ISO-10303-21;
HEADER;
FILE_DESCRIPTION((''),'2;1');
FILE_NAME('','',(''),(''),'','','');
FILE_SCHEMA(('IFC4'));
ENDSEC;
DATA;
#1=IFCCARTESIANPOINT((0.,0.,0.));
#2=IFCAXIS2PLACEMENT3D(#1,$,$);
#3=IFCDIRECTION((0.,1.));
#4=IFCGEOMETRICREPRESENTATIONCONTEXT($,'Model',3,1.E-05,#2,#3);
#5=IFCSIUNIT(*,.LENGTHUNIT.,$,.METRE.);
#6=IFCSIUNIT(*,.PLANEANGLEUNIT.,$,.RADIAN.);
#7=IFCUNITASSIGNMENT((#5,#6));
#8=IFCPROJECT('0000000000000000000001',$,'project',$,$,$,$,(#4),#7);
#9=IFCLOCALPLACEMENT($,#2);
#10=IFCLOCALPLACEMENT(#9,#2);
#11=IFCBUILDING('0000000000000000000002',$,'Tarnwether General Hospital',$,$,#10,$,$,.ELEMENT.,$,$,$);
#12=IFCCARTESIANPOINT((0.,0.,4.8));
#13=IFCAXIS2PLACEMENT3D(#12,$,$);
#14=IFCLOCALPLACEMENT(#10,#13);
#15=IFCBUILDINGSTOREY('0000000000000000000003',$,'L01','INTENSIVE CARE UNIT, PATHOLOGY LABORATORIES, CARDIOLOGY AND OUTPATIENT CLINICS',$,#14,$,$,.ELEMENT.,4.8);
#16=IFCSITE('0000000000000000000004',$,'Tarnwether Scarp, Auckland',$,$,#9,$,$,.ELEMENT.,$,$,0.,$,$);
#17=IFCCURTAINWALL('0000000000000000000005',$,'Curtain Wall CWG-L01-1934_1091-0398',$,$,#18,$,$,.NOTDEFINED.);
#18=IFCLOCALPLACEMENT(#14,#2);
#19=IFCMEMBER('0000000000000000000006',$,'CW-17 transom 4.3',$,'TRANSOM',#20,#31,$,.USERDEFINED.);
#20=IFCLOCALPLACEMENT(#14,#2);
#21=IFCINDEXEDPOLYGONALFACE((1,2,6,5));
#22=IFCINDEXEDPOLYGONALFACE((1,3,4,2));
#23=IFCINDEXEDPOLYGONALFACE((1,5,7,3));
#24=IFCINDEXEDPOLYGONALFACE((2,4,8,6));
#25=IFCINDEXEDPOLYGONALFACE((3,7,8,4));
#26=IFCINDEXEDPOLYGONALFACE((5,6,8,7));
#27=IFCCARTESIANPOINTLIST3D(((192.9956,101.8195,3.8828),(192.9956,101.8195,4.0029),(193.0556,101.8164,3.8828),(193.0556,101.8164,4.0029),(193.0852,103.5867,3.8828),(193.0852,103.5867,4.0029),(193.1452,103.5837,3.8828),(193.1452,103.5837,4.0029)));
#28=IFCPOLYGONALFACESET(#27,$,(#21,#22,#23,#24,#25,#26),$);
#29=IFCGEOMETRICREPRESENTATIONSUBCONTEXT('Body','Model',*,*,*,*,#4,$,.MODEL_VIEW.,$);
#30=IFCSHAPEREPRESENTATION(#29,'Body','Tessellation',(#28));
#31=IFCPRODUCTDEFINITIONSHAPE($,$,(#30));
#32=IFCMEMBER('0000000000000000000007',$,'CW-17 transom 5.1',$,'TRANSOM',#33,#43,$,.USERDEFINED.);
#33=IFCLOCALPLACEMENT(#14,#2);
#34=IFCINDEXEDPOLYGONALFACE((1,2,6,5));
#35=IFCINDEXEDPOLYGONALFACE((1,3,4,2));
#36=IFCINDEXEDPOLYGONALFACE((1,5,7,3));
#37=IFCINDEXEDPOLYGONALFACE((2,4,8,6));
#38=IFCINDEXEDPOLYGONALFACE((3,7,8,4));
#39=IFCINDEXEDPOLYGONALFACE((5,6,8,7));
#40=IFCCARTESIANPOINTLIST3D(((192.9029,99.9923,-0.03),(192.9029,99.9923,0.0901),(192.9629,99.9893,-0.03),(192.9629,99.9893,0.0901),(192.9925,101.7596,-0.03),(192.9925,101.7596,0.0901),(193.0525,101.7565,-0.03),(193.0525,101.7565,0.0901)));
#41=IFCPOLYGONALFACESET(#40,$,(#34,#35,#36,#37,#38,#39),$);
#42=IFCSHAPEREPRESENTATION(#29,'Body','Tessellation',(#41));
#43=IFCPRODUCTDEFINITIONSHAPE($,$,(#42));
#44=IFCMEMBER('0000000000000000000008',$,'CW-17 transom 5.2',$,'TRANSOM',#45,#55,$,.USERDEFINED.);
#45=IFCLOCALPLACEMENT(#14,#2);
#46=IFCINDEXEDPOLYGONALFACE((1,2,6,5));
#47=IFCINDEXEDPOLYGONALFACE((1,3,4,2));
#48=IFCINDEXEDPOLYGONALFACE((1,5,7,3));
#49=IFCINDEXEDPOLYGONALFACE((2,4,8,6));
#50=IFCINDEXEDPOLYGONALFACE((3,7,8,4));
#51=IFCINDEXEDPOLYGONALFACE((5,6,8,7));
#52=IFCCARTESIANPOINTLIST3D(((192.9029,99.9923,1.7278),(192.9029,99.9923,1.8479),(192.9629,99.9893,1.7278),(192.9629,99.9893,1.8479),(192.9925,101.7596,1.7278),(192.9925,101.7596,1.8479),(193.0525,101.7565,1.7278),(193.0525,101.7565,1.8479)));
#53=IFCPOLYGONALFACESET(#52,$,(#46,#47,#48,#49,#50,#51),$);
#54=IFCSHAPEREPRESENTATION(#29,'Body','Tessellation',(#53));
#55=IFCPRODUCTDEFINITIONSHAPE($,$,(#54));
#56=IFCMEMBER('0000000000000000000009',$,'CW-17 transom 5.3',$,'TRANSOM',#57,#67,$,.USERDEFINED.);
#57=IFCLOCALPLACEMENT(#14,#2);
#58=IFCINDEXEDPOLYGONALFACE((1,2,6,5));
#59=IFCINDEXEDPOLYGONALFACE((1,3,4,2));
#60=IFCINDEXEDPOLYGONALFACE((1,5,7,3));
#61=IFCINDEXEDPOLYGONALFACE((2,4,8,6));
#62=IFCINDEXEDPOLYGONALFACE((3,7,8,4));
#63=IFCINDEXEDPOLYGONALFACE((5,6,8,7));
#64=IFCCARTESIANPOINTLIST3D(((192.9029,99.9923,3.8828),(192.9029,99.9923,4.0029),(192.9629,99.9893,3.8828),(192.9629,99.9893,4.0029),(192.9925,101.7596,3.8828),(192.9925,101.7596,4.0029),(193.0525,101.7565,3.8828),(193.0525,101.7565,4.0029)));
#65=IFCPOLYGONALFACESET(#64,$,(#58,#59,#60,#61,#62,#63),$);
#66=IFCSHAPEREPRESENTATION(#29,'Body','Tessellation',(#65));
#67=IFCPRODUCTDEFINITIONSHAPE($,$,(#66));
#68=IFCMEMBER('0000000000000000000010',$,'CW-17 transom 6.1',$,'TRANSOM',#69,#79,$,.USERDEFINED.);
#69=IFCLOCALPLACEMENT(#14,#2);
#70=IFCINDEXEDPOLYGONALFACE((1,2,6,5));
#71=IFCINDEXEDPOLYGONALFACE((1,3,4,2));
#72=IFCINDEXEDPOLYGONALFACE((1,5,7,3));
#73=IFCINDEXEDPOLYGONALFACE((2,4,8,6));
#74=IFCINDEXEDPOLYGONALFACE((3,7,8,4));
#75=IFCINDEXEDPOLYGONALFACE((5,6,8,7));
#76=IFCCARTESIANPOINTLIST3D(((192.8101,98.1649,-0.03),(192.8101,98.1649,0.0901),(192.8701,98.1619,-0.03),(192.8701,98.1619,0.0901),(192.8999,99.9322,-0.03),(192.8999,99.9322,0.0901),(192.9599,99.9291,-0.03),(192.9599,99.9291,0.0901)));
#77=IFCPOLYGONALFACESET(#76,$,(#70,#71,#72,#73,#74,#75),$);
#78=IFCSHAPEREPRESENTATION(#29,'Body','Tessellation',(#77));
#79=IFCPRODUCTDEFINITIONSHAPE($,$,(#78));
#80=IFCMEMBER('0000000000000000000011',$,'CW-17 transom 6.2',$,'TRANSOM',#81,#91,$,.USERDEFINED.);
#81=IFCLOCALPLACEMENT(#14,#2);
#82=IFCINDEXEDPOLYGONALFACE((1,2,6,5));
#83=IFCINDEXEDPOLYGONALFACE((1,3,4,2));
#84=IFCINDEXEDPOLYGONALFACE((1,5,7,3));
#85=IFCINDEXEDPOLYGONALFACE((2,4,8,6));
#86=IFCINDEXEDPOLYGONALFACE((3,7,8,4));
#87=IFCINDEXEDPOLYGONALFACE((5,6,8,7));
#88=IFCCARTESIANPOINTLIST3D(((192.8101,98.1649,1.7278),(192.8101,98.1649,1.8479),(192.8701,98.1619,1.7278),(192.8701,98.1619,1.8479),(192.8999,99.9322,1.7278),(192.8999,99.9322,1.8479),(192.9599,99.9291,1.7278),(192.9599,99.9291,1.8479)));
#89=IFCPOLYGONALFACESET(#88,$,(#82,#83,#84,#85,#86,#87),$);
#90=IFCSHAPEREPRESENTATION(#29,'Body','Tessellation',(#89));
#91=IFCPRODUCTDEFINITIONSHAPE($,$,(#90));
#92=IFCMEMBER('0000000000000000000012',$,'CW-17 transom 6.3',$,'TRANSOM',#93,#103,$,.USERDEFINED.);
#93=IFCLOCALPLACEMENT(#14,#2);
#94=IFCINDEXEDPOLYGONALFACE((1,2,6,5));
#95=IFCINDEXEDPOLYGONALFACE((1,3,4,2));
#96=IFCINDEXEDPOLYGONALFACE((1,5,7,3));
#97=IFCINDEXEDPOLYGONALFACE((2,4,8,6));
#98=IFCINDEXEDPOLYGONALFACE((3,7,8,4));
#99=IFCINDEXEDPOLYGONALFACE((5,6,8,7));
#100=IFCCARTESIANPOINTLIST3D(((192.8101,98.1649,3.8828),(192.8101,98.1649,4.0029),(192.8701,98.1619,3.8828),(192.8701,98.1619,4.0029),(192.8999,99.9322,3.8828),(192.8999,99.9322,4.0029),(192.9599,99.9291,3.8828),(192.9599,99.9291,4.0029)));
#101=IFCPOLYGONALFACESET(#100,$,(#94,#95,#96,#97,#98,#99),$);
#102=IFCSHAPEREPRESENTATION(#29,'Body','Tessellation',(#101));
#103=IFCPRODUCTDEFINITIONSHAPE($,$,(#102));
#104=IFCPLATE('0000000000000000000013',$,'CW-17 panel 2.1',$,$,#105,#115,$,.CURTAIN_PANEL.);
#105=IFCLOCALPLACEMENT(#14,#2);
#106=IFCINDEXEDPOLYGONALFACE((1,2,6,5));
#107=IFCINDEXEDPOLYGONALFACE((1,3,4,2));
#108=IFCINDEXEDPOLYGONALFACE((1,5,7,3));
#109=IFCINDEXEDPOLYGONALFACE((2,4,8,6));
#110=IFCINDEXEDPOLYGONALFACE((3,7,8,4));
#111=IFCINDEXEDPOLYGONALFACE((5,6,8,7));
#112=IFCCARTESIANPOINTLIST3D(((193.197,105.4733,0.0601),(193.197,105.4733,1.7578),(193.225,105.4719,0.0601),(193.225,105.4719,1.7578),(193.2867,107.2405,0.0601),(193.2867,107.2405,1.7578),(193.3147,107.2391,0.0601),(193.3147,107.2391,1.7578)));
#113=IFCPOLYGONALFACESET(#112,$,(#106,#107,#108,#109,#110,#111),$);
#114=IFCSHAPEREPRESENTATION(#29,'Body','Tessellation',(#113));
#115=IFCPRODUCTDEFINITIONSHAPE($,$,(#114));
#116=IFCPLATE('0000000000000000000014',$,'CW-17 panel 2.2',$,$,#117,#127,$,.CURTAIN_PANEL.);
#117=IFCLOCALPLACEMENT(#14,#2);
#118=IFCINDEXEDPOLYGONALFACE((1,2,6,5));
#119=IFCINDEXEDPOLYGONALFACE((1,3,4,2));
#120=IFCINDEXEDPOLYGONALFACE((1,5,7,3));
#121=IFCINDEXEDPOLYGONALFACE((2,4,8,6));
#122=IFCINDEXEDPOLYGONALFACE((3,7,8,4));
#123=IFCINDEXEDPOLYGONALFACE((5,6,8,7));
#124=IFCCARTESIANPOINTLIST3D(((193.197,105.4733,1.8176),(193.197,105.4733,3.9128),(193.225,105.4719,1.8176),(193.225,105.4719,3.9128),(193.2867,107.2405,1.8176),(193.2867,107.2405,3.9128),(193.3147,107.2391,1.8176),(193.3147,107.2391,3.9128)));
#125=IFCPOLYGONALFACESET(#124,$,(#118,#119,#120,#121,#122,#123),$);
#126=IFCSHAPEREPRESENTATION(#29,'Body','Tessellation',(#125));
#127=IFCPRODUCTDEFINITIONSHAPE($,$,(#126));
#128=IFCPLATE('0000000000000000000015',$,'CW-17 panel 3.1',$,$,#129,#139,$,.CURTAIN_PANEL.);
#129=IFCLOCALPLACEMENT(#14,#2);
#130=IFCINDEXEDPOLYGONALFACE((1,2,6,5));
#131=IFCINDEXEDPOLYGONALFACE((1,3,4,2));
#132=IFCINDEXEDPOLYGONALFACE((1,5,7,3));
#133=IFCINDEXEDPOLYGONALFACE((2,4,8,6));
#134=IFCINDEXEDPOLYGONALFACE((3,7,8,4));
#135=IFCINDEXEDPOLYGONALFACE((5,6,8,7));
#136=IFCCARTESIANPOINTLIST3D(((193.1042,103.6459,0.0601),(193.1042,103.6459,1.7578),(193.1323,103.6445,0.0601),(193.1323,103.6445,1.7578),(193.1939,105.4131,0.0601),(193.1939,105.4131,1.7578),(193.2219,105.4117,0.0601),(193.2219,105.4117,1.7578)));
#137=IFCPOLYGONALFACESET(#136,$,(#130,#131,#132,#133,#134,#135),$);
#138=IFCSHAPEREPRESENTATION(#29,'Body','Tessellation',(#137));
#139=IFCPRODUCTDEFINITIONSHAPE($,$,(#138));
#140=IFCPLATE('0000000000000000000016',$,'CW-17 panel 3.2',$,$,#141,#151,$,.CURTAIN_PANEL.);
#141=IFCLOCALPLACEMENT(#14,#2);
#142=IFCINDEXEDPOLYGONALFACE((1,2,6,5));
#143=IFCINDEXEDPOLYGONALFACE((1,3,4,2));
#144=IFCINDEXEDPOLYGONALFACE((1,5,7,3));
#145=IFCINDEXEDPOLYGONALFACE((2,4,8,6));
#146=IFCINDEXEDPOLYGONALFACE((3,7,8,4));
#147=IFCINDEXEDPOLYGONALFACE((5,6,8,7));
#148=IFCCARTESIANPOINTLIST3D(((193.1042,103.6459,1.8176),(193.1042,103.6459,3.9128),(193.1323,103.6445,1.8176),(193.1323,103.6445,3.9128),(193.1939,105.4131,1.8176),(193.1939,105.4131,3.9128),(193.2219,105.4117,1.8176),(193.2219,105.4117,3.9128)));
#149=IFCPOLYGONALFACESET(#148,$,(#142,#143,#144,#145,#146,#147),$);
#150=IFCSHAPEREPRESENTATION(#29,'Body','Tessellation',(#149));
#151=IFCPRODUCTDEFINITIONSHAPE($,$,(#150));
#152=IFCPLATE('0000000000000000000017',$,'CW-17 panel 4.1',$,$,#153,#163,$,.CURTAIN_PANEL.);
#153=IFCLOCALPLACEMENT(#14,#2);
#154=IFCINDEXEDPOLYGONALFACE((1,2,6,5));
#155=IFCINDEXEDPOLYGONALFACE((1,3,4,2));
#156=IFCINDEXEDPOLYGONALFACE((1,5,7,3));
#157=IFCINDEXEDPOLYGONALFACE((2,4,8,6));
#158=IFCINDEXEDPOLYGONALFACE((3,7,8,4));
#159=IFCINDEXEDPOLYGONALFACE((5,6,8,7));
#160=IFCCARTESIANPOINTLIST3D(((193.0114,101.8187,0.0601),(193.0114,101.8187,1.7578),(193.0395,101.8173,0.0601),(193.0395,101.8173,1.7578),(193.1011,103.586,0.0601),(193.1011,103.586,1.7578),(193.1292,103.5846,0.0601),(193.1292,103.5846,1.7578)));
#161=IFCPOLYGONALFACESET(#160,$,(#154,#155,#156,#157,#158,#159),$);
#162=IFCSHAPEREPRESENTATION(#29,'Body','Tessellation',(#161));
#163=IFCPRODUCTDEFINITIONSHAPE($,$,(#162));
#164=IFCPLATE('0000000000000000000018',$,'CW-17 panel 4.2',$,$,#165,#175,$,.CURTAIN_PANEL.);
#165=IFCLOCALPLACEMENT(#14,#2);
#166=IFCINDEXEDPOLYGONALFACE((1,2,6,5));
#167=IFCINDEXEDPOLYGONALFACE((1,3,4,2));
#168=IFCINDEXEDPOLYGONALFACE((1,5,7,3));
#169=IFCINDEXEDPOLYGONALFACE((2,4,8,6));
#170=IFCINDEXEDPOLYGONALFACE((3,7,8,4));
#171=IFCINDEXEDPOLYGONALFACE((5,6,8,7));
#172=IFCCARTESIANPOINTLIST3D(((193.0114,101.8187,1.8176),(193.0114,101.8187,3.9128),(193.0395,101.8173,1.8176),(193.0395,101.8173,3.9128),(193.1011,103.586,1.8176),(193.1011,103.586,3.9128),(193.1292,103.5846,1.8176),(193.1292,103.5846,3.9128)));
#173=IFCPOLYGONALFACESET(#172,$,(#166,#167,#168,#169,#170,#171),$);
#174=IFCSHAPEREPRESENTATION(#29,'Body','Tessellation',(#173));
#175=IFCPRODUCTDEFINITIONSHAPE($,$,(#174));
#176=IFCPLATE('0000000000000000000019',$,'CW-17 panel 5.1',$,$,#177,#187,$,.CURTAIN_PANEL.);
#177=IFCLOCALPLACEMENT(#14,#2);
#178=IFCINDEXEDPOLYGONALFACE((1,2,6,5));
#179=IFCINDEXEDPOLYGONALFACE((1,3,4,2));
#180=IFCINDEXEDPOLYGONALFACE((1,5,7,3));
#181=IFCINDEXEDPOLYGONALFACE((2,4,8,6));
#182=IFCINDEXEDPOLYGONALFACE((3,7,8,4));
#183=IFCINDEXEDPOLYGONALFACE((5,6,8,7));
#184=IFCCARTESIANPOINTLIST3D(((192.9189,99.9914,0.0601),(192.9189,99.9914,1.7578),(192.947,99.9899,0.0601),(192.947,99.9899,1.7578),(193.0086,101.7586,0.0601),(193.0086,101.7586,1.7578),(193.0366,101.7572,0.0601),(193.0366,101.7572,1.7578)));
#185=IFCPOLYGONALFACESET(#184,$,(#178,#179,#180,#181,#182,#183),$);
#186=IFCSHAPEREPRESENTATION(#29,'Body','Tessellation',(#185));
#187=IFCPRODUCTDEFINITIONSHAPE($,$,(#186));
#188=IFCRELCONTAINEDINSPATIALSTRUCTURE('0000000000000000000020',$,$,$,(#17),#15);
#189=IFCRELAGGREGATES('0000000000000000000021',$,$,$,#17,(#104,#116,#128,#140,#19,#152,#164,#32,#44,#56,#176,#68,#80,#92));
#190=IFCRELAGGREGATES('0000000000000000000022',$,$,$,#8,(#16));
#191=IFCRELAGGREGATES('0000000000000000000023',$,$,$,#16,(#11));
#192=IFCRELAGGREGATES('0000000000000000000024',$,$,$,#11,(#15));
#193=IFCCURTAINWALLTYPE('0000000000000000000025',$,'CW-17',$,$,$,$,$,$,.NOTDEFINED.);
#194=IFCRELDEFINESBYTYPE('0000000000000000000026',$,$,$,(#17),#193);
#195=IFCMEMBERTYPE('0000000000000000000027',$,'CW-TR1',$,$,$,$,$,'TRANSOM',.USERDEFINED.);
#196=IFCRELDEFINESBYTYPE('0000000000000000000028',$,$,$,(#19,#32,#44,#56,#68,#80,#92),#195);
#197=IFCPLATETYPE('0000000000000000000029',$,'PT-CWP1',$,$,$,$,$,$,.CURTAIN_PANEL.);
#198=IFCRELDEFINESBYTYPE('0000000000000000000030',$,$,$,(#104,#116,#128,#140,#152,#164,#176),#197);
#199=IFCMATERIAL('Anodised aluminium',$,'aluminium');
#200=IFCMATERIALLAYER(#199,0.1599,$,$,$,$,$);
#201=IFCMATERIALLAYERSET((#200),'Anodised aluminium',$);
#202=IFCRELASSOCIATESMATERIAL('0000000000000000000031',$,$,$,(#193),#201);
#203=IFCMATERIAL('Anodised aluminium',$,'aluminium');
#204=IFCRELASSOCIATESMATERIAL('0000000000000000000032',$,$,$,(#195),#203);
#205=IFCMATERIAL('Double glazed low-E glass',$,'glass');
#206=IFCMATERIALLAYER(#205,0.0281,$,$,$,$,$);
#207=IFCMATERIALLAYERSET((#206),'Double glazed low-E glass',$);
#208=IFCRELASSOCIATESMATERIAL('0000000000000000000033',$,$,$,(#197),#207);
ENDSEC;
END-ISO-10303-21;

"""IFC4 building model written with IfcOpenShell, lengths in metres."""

from ifc_helpers import new_model, si_unit, direction, frame, origin, origin_2d, place, context, subcontext, project, spatial, rectangle, extrude, material, layer, layer_set, material_profile, profile_set, type_object, element, aggregate, save


model = new_model("IFC4")

# Units and contexts
model_context = context("Model", 3, precision=1e-05, world=origin(), true_north=direction((0.0, 1.0)))
body_context = subcontext(model_context, "Body", "Model", "MODEL_VIEW")
ifc_project = project(units=[si_unit("LENGTHUNIT", "METRE"), si_unit("PLANEANGLEUNIT", "RADIAN")], contexts=[model_context])

# Site, building, storey
site_placement = place(None, origin())
site = spatial("IfcSite", under=ifc_project, at=site_placement, Name="Tarnwether Scarp, Auckland", CompositionType="ELEMENT", RefElevation=0.0)
building_placement = place(site_placement, origin())
building = spatial("IfcBuilding", under=site, at=building_placement, Name="Tarnwether General Hospital", CompositionType="ELEMENT")
storey_placement = place(building_placement, frame((0.0, 0.0, 4.8)))
storey = spatial("IfcBuildingStorey", under=building, at=storey_placement, Name="L01", Description="INTENSIVE CARE UNIT, PATHOLOGY LABORATORIES, CARDIOLOGY AND OUTPATIENT CLINICS", CompositionType="ELEMENT", Elevation=4.8)

# Curtain wall, members, plates
ifc_material_1 = material(Name="Anodised aluminium", Category="aluminium")
ifc_layer_1 = layer(ifc_material_1, 0.1599)
ifc_layer_set_1 = layer_set([ifc_layer_1], Name="Anodised aluminium")
curtain_wall_type = type_object("IfcCurtainWallType", Name="CW-17", PredefinedType="NOTDEFINED", material=ifc_layer_set_1)
curtain_wall_placement = place(storey_placement, origin())
curtain_wall = element("IfcCurtainWall", 1, at=curtain_wall_placement, inside=storey, type_object=curtain_wall_type, Name="Curtain Wall CWG-L01-1934_1091-0398", PredefinedType="NOTDEFINED")
ifc_material_2 = material(Name="Anodised aluminium", Category="aluminium")
ifc_material_profile_1 = material_profile(ifc_material_2, rectangle(XDim=0.0601, YDim=0.1201, at=origin_2d()), Name="ALU-TRN-60x120")
ifc_profile_set_1 = profile_set([ifc_material_profile_1], Name="Anodised aluminium")
member_type_1 = type_object("IfcMemberType", Name="CW-TR1", ElementType="TRANSOM", PredefinedType="USERDEFINED", material=ifc_profile_set_1)
member_1_placement = place(storey_placement, frame((193.1152, 103.5852, 3.9429), z_axis=(-0.050633, -0.998717, 0.0), x_axis=(0.998717, -0.050633, 0.0)))
member_1 = element("IfcMember", 2, at=member_1_placement, type_object=member_type_1, Name="CW-17 transom 4.3", ObjectType="TRANSOM", PredefinedType="USERDEFINED", context=body_context, shape_type="SweptSolid", body=[
    extrude(rectangle(XDim=0.0601, YDim=0.1201, at=origin_2d()), origin(), (0.0, 0.0, 1.0), 1.7695),
])
member_2_placement = place(storey_placement, frame((193.0225, 101.7581, 0.03), z_axis=(-0.050633, -0.998717, 0.0), x_axis=(0.998717, -0.050633, 0.0)))
member_2 = element("IfcMember", 3, at=member_2_placement, type_object=member_type_1, Name="CW-17 transom 5.1", ObjectType="TRANSOM", PredefinedType="USERDEFINED", context=body_context, shape_type="SweptSolid", body=[
    extrude(rectangle(XDim=0.0601, YDim=0.1201, at=origin_2d()), origin(), (0.0, 0.0, 1.0), 1.7695),
])
member_3_placement = place(storey_placement, frame((193.0225, 101.7581, 1.7878), z_axis=(-0.050633, -0.998717, 0.0), x_axis=(0.998717, -0.050633, 0.0)))
member_3 = element("IfcMember", 4, at=member_3_placement, type_object=member_type_1, Name="CW-17 transom 5.2", ObjectType="TRANSOM", PredefinedType="USERDEFINED", context=body_context, shape_type="SweptSolid", body=[
    extrude(rectangle(XDim=0.0601, YDim=0.1201, at=origin_2d()), origin(), (0.0, 0.0, 1.0), 1.7695),
])
member_4_placement = place(storey_placement, frame((193.0225, 101.7581, 3.9429), z_axis=(-0.050633, -0.998717, 0.0), x_axis=(0.998717, -0.050633, 0.0)))
member_4 = element("IfcMember", 5, at=member_4_placement, type_object=member_type_1, Name="CW-17 transom 5.3", ObjectType="TRANSOM", PredefinedType="USERDEFINED", context=body_context, shape_type="SweptSolid", body=[
    extrude(rectangle(XDim=0.0601, YDim=0.1201, at=origin_2d()), origin(), (0.0, 0.0, 1.0), 1.7695),
])
member_5_placement = place(storey_placement, frame((192.9299, 99.9307, 0.03), z_axis=(-0.05077, -0.99871, 0.0), x_axis=(0.99871, -0.05077, 0.0)))
member_5 = element("IfcMember", 6, at=member_5_placement, type_object=member_type_1, Name="CW-17 transom 6.1", ObjectType="TRANSOM", PredefinedType="USERDEFINED", context=body_context, shape_type="SweptSolid", body=[
    extrude(rectangle(XDim=0.0601, YDim=0.1201, at=origin_2d()), origin(), (0.0, 0.0, 1.0), 1.7695),
])
member_6_placement = place(storey_placement, frame((192.9299, 99.9307, 1.7878), z_axis=(-0.05077, -0.99871, 0.0), x_axis=(0.99871, -0.05077, 0.0)))
member_6 = element("IfcMember", 7, at=member_6_placement, type_object=member_type_1, Name="CW-17 transom 6.2", ObjectType="TRANSOM", PredefinedType="USERDEFINED", context=body_context, shape_type="SweptSolid", body=[
    extrude(rectangle(XDim=0.0601, YDim=0.1201, at=origin_2d()), origin(), (0.0, 0.0, 1.0), 1.7695),
])
member_7_placement = place(storey_placement, frame((192.9299, 99.9307, 3.9429), z_axis=(-0.05077, -0.99871, 0.0), x_axis=(0.99871, -0.05077, 0.0)))
member_7 = element("IfcMember", 8, at=member_7_placement, type_object=member_type_1, Name="CW-17 transom 6.3", ObjectType="TRANSOM", PredefinedType="USERDEFINED", context=body_context, shape_type="SweptSolid", body=[
    extrude(rectangle(XDim=0.0601, YDim=0.1201, at=origin_2d()), origin(), (0.0, 0.0, 1.0), 1.7695),
])
ifc_material_3 = material(Name="Double glazed low-E glass", Category="glass")
ifc_layer_2 = layer(ifc_material_3, 0.0281)
ifc_layer_set_2 = layer_set([ifc_layer_2], Name="Double glazed low-E glass")
plate_type_1 = type_object("IfcPlateType", Name="PT-CWP1", PredefinedType="CURTAIN_PANEL", material=ifc_layer_set_2)
plate_1_placement = place(storey_placement, frame((193.2559, 106.3562, 0.0601), z_axis=(0.0, 0.0, 1.0), x_axis=(-0.050685, -0.998715, 0.0)))
plate_1 = element("IfcPlate", 9, at=plate_1_placement, type_object=plate_type_1, Name="CW-17 panel 2.1", PredefinedType="CURTAIN_PANEL", context=body_context, shape_type="SweptSolid", body=[
    extrude(rectangle(XDim=1.7695, YDim=0.0281, at=origin_2d()), origin(), (0.0, 0.0, 1.0), 1.6978),
])
plate_2_placement = place(storey_placement, frame((193.2559, 106.3562, 1.8176), z_axis=(0.0, 0.0, 1.0), x_axis=(-0.050685, -0.998715, 0.0)))
plate_2 = element("IfcPlate", 10, at=plate_2_placement, type_object=plate_type_1, Name="CW-17 panel 2.2", PredefinedType="CURTAIN_PANEL", context=body_context, shape_type="SweptSolid", body=[
    extrude(rectangle(XDim=1.7695, YDim=0.0281, at=origin_2d()), origin(), (0.0, 0.0, 1.0), 2.0952),
])
plate_3_placement = place(storey_placement, frame((193.1631, 104.5288, 0.0601), z_axis=(0.0, 0.0, 1.0), x_axis=(-0.050685, -0.998715, 0.0)))
plate_3 = element("IfcPlate", 11, at=plate_3_placement, type_object=plate_type_1, Name="CW-17 panel 3.1", PredefinedType="CURTAIN_PANEL", context=body_context, shape_type="SweptSolid", body=[
    extrude(rectangle(XDim=1.7695, YDim=0.0281, at=origin_2d()), origin(), (0.0, 0.0, 1.0), 1.6978),
])
plate_4_placement = place(storey_placement, frame((193.1631, 104.5288, 1.8176), z_axis=(0.0, 0.0, 1.0), x_axis=(-0.050685, -0.998715, 0.0)))
plate_4 = element("IfcPlate", 12, at=plate_4_placement, type_object=plate_type_1, Name="CW-17 panel 3.2", PredefinedType="CURTAIN_PANEL", context=body_context, shape_type="SweptSolid", body=[
    extrude(rectangle(XDim=1.7695, YDim=0.0281, at=origin_2d()), origin(), (0.0, 0.0, 1.0), 2.0952),
])
plate_5_placement = place(storey_placement, frame((193.0703, 102.7017, 0.0601), z_axis=(0.0, 0.0, 1.0), x_axis=(-0.050685, -0.998715, 0.0)))
plate_5 = element("IfcPlate", 13, at=plate_5_placement, type_object=plate_type_1, Name="CW-17 panel 4.1", PredefinedType="CURTAIN_PANEL", context=body_context, shape_type="SweptSolid", body=[
    extrude(rectangle(XDim=1.7695, YDim=0.0281, at=origin_2d()), origin(), (0.0, 0.0, 1.0), 1.6978),
])
plate_6_placement = place(storey_placement, frame((193.0703, 102.7017, 1.8176), z_axis=(0.0, 0.0, 1.0), x_axis=(-0.050685, -0.998715, 0.0)))
plate_6 = element("IfcPlate", 14, at=plate_6_placement, type_object=plate_type_1, Name="CW-17 panel 4.2", PredefinedType="CURTAIN_PANEL", context=body_context, shape_type="SweptSolid", body=[
    extrude(rectangle(XDim=1.7695, YDim=0.0281, at=origin_2d()), origin(), (0.0, 0.0, 1.0), 2.0952),
])
plate_7_placement = place(storey_placement, frame((192.9778, 100.8743, 0.0601), z_axis=(0.0, 0.0, 1.0), x_axis=(-0.050685, -0.998715, 0.0)))
plate_7 = element("IfcPlate", 15, at=plate_7_placement, type_object=plate_type_1, Name="CW-17 panel 5.1", PredefinedType="CURTAIN_PANEL", context=body_context, shape_type="SweptSolid", body=[
    extrude(rectangle(XDim=1.7695, YDim=0.0281, at=origin_2d()), origin(), (0.0, 0.0, 1.0), 1.6978),
])
aggregate(curtain_wall, [plate_1, plate_2, plate_3, plate_4, member_1, plate_5, plate_6, member_2, member_3, member_4, plate_7, member_5, member_6, member_7])

save(model, "model.ifc")
